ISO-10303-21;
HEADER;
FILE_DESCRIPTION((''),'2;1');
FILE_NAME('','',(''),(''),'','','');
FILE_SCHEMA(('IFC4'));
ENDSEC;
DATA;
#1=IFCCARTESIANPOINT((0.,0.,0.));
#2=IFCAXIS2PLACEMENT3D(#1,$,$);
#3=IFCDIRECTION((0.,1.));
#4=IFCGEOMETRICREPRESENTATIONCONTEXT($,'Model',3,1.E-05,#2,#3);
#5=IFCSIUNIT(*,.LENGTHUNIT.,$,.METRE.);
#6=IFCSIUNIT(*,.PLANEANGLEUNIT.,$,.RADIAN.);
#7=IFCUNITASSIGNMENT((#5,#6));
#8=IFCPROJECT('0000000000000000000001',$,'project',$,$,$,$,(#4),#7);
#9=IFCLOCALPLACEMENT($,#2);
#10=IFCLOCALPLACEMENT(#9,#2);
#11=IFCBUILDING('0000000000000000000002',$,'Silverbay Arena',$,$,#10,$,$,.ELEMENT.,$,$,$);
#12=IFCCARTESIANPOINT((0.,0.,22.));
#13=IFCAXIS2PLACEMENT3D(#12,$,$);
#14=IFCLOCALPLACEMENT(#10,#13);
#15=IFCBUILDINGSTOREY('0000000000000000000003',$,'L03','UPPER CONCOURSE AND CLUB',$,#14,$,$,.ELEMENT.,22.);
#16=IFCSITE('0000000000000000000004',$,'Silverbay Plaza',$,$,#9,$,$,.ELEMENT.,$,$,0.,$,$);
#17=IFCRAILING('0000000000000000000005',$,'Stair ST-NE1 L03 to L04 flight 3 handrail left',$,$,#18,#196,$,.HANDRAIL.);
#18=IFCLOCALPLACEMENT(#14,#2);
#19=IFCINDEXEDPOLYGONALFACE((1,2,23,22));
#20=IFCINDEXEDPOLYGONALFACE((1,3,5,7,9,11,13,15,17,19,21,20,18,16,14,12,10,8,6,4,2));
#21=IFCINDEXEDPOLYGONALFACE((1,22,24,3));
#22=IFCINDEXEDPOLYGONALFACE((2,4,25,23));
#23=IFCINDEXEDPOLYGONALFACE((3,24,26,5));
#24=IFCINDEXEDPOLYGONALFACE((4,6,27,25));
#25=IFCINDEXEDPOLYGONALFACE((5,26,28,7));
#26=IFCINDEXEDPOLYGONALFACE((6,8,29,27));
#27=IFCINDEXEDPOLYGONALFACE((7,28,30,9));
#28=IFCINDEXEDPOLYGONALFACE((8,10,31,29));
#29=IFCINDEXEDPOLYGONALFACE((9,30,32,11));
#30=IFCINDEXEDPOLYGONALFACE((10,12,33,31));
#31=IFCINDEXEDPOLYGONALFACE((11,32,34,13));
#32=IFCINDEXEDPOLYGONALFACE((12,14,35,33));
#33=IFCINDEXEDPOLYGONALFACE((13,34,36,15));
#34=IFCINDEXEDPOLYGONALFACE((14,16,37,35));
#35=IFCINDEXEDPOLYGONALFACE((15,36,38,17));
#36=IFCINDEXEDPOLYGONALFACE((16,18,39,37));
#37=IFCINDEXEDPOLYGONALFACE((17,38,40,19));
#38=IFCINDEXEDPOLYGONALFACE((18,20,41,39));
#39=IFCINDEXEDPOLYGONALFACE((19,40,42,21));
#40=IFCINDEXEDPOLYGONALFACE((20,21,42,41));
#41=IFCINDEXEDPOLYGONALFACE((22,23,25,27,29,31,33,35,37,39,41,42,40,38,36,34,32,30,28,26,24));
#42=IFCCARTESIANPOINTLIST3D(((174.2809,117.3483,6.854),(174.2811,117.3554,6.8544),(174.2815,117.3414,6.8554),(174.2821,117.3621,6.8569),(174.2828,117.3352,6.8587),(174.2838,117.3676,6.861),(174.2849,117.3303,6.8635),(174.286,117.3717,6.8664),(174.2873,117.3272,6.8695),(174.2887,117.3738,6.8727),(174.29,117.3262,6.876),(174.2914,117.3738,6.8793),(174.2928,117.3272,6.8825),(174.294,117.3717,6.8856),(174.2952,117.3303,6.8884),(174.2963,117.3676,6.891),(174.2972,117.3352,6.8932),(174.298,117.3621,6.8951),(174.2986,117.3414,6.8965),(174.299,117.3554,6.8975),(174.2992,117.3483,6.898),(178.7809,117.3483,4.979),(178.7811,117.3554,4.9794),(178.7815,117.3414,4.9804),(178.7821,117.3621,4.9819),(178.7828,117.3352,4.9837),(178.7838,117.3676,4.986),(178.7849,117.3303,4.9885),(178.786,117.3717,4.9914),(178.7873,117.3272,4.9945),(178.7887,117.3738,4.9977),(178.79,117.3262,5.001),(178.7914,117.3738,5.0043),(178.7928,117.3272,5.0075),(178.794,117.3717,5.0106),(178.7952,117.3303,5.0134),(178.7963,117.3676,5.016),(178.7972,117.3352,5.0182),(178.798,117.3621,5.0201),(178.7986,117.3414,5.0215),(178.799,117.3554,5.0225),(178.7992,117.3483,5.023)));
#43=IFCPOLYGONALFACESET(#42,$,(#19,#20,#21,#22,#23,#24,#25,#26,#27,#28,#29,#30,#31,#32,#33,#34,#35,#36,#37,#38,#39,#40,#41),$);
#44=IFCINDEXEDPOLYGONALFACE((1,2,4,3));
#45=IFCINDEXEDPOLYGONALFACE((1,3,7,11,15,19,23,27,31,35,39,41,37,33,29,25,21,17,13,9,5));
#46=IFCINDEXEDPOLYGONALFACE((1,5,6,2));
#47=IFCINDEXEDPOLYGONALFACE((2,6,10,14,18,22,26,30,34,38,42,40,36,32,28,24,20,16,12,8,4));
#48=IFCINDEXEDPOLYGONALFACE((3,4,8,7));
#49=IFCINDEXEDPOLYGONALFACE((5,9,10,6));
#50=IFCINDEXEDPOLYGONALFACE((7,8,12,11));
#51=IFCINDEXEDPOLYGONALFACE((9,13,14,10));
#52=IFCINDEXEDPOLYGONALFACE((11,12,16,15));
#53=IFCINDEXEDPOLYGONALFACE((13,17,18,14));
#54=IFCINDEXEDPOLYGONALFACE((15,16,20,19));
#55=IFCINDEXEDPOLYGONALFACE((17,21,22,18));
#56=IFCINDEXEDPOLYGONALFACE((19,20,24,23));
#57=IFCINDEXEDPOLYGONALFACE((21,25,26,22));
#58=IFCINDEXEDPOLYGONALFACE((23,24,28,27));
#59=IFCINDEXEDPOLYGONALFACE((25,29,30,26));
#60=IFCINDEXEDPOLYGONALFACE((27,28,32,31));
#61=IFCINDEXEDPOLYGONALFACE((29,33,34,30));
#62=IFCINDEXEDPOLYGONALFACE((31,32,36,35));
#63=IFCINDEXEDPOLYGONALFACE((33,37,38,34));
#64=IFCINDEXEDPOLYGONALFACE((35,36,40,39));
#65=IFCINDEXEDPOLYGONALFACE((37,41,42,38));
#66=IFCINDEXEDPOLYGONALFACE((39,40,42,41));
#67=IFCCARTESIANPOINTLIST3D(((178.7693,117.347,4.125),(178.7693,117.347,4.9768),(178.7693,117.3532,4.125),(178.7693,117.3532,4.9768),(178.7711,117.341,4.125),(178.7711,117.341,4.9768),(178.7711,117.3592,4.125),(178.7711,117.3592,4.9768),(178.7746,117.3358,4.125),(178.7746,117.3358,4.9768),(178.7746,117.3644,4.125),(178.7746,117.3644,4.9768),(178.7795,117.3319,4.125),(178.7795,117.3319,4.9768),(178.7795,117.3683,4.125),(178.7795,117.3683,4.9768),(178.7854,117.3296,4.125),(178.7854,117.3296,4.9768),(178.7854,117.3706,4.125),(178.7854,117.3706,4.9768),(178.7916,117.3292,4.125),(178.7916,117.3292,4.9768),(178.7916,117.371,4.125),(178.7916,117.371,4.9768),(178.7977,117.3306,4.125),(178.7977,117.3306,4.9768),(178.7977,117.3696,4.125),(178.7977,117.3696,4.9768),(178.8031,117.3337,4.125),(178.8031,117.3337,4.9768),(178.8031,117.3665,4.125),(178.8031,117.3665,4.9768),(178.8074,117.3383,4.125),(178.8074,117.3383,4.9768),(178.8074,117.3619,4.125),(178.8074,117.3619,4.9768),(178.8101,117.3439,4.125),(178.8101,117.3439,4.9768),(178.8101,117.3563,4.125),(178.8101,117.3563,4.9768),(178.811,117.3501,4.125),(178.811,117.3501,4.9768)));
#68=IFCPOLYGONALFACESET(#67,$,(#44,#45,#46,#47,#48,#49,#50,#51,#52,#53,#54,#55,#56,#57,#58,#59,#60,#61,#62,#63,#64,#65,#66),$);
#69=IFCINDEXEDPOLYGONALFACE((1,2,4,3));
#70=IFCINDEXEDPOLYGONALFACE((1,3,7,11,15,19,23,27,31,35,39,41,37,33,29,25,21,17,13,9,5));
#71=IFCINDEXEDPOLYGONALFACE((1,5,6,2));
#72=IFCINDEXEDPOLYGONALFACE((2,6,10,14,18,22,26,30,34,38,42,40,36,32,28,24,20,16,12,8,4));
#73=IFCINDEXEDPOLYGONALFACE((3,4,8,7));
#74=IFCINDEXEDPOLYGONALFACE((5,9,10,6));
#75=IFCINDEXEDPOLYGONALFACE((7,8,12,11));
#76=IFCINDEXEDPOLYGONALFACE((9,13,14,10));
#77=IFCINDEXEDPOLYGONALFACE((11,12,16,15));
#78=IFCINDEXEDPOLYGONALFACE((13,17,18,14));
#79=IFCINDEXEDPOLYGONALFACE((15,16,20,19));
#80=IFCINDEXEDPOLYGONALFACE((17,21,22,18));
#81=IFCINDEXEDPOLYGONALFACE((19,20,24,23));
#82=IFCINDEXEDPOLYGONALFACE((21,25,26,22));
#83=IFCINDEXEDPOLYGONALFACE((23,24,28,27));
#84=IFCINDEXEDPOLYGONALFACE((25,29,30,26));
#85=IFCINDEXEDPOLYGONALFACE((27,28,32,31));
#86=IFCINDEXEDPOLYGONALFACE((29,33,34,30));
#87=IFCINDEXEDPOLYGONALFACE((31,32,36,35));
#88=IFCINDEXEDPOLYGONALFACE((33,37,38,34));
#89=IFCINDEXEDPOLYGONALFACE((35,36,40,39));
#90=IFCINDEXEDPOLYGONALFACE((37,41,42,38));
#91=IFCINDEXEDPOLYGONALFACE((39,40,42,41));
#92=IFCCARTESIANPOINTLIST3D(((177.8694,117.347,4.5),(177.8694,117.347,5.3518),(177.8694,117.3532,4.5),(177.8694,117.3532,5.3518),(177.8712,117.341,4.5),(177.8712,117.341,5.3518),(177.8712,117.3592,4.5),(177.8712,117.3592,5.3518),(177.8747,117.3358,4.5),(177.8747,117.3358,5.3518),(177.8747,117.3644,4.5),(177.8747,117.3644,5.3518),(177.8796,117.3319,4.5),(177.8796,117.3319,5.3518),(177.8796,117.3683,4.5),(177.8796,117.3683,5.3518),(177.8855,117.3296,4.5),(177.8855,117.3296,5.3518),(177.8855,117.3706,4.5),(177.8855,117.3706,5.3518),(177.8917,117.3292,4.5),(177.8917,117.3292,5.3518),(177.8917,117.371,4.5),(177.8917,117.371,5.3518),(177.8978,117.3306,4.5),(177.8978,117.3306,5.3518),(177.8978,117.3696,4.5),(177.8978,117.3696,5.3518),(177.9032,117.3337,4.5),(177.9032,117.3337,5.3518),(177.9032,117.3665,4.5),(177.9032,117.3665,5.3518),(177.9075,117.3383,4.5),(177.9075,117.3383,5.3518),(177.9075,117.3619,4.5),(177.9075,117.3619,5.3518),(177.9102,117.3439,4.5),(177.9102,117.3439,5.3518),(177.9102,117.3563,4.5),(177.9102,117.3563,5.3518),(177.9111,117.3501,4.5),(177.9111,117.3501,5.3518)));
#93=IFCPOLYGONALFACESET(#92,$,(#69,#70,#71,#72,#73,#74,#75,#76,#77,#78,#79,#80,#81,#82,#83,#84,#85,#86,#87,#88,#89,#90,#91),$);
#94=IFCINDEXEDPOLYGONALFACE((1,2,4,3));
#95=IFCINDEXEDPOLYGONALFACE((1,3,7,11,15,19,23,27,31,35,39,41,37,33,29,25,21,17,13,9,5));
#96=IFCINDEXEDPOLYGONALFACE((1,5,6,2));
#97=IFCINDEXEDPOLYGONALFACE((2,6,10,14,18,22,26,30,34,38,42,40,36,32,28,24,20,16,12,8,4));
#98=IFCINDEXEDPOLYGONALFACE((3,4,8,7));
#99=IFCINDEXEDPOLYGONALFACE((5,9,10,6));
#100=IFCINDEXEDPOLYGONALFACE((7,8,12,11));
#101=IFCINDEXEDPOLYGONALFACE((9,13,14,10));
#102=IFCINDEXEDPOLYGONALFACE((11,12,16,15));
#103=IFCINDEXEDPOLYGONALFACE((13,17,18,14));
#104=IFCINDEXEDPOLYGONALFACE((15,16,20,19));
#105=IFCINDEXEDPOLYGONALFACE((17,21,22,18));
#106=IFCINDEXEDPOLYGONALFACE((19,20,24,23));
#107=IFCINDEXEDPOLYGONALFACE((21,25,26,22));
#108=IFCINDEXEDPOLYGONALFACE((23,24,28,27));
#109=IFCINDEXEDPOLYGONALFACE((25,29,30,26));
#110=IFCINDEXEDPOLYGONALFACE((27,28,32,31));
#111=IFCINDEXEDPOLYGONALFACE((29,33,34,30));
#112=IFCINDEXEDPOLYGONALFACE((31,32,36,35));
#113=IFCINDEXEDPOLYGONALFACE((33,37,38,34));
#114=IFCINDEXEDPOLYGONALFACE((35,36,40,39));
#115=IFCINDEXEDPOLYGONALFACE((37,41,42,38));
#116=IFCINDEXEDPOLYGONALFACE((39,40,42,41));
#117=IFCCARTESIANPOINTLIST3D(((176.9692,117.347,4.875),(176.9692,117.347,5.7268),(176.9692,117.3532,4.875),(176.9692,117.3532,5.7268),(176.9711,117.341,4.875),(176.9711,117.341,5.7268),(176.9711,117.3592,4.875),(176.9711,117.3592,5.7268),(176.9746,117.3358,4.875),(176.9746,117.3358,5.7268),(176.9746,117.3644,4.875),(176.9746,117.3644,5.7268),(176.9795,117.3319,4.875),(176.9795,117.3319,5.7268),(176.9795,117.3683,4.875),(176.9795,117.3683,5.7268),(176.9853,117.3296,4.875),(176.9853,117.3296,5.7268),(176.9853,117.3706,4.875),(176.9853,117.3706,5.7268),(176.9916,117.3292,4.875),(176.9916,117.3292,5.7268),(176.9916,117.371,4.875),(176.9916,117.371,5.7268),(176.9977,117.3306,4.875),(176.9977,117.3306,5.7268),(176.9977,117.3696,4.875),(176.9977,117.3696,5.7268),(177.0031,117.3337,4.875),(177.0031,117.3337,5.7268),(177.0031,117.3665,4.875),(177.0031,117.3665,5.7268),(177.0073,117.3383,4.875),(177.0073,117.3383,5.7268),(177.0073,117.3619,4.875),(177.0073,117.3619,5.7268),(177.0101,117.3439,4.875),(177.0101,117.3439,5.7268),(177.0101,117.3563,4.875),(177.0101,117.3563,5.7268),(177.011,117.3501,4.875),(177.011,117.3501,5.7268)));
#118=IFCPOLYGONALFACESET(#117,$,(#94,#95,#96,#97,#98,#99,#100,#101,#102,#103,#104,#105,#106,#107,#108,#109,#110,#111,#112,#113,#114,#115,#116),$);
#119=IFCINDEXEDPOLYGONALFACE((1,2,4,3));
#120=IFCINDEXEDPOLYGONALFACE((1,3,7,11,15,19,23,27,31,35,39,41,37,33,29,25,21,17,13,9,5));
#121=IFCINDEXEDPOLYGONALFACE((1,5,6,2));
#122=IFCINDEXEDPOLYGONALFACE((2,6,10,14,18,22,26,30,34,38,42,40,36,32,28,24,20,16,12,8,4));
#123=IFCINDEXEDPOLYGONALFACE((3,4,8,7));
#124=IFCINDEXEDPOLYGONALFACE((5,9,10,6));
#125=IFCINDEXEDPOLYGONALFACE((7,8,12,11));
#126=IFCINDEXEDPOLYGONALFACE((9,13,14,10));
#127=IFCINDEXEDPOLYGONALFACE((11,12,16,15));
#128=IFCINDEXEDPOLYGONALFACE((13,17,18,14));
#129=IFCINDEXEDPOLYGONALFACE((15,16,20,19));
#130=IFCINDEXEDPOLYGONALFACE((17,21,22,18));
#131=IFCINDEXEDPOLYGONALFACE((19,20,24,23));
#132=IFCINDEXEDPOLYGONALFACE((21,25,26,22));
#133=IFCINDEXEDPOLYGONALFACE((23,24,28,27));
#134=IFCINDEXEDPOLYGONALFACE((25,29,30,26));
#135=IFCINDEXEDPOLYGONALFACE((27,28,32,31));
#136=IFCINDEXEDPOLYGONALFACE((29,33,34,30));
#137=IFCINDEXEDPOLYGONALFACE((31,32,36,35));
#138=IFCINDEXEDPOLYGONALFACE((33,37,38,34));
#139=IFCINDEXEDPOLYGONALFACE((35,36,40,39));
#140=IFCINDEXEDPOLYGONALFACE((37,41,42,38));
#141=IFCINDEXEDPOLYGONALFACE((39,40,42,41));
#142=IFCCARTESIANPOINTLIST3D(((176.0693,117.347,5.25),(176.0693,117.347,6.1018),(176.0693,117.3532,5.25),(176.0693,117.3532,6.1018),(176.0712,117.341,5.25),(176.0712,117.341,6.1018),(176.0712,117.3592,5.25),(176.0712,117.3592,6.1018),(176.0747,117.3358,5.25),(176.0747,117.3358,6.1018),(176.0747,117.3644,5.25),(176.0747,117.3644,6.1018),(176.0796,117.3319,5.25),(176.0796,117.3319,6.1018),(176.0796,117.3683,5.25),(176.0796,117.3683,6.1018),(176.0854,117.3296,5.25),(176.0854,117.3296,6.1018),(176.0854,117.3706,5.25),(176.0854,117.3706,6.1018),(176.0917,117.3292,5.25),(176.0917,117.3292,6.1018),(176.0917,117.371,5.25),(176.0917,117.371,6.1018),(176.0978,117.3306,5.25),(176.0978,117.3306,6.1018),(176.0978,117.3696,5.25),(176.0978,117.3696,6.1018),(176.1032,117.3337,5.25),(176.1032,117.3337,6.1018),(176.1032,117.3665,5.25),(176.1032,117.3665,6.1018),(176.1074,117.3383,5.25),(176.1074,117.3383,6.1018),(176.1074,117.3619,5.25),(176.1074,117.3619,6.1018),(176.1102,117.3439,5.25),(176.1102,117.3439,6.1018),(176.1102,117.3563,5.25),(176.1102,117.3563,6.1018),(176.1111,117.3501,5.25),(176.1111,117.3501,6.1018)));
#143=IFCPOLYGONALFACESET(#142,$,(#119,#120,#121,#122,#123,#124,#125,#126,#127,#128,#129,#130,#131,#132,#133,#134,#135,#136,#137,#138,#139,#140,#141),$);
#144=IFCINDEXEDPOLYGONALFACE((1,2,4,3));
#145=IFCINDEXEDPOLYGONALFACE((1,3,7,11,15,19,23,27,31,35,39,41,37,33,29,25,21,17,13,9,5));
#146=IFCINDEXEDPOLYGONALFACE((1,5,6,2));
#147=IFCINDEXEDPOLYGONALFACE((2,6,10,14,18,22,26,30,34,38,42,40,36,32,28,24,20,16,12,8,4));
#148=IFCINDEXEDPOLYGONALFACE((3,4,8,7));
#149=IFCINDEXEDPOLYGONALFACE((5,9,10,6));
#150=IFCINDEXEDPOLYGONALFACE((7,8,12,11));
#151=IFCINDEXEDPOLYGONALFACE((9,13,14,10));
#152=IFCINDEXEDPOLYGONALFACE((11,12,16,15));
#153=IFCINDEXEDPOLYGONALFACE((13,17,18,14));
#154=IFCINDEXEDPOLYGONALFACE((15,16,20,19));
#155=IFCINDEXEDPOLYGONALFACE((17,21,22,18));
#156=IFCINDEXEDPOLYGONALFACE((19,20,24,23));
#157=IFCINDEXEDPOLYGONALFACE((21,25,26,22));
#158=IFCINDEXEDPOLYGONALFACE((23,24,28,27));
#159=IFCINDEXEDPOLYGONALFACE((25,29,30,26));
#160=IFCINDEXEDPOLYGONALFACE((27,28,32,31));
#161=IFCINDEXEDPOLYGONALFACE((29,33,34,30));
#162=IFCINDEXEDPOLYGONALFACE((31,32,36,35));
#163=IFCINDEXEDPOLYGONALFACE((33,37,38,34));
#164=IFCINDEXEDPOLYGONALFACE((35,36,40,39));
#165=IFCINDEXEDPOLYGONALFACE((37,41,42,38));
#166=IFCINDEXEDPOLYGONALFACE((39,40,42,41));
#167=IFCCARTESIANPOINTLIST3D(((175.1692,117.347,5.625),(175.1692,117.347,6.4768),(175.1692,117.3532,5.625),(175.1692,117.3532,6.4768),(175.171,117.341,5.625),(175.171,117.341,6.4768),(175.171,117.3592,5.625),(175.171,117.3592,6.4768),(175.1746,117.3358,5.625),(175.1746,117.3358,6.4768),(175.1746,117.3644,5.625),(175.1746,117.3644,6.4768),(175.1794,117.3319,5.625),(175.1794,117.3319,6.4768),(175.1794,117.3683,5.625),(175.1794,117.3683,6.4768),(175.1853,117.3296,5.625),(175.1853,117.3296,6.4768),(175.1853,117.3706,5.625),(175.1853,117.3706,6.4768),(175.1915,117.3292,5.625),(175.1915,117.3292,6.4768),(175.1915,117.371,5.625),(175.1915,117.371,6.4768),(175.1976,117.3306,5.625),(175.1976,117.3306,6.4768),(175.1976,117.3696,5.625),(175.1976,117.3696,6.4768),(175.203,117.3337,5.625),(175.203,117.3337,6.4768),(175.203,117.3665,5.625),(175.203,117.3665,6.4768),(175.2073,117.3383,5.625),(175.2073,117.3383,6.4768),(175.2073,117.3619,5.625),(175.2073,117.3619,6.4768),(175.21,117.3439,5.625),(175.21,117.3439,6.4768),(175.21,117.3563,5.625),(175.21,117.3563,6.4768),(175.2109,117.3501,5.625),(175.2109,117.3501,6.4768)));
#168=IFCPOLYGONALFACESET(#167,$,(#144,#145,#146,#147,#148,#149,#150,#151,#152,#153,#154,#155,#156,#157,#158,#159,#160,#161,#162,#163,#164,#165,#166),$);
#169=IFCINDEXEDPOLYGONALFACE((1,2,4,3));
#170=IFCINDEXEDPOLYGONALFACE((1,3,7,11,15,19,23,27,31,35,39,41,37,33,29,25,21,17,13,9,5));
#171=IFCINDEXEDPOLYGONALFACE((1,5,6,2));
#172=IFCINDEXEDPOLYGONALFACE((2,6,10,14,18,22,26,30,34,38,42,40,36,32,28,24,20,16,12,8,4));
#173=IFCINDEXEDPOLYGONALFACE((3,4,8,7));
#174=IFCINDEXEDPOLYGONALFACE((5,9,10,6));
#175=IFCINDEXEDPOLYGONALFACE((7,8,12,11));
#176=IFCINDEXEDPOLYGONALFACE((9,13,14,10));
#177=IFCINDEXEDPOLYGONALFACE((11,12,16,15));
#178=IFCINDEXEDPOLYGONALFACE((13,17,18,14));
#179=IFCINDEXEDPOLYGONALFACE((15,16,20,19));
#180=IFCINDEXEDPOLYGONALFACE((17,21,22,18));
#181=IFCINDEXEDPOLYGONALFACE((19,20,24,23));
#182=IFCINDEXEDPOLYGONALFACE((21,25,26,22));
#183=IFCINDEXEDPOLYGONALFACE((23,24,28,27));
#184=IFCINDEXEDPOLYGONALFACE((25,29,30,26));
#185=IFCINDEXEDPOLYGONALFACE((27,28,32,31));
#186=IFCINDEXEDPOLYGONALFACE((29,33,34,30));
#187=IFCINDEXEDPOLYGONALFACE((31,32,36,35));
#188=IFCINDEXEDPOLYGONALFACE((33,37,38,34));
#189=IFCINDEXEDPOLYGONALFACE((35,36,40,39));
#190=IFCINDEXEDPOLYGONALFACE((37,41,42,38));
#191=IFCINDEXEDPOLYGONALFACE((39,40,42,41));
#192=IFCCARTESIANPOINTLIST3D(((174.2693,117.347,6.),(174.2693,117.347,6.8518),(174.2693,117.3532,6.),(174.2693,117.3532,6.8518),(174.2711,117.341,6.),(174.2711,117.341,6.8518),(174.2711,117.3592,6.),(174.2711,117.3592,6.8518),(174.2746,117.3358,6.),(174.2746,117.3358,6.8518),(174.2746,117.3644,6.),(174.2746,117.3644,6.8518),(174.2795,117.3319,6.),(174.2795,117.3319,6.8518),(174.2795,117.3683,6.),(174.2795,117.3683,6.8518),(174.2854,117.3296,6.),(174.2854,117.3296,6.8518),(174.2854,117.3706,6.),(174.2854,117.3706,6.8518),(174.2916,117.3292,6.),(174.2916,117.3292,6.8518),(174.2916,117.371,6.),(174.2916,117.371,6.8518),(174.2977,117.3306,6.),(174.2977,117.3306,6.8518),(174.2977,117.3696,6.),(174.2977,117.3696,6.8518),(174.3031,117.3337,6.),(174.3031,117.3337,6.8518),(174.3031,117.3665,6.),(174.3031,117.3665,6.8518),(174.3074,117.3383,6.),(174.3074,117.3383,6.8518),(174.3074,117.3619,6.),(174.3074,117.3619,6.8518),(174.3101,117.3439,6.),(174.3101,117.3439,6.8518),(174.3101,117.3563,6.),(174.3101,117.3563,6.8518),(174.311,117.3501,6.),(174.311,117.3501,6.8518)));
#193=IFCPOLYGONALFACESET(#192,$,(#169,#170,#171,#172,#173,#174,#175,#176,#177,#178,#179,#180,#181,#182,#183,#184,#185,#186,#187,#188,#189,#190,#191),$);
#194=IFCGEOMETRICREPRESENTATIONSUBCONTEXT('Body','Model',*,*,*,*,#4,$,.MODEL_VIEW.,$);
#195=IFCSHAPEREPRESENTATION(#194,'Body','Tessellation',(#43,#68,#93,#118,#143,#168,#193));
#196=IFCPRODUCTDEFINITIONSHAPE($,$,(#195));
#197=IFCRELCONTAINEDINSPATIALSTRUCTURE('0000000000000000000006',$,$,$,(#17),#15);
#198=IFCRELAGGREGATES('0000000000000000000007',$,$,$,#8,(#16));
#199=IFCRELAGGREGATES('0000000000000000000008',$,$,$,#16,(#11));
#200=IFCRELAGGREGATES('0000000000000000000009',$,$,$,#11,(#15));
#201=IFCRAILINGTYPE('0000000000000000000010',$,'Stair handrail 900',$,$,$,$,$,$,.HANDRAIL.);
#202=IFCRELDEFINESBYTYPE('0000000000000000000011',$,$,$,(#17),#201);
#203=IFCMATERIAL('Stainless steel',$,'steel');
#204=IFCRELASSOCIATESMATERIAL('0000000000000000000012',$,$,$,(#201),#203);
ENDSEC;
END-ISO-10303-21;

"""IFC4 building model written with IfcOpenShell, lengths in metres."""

from ifc_helpers import new_model, si_unit, direction, frame, origin, origin_2d, place, context, subcontext, project, spatial, circle, extrude, material, type_object, element, save


model = new_model("IFC4")

# Units and contexts
model_context = context("Model", 3, precision=1e-05, world=origin(), true_north=direction((0.0, 1.0)))
body_context = subcontext(model_context, "Body", "Model", "MODEL_VIEW")
ifc_project = project(units=[si_unit("LENGTHUNIT", "METRE"), si_unit("PLANEANGLEUNIT", "RADIAN")], contexts=[model_context])

# Site, building, storey
site_placement = place(None, origin())
site = spatial("IfcSite", under=ifc_project, at=site_placement, Name="Silverbay Plaza", CompositionType="ELEMENT", RefElevation=0.0)
building_placement = place(site_placement, origin())
building = spatial("IfcBuilding", under=site, at=building_placement, Name="Silverbay Arena", CompositionType="ELEMENT")
storey_placement = place(building_placement, frame((0.0, 0.0, 22.0)))
storey = spatial("IfcBuildingStorey", under=building, at=storey_placement, Name="L03", Description="UPPER CONCOURSE AND CLUB", CompositionType="ELEMENT", Elevation=22.0)

# Railing
ifc_material_1 = material(Name="Stainless steel", Category="steel")
railing_type = type_object("IfcRailingType", Name="Stair handrail 900", PredefinedType="HANDRAIL", material=ifc_material_1)
for number, where, name in (
    (1, (178.79, 117.3501, 4.125), "Stair ST-NE1 L03 to L04 flight 3 handrail left"),
):
    element("IfcRailing", number, at=place(storey_placement, frame(where)), inside=storey, type_object=railing_type, Name=name, PredefinedType="HANDRAIL", context=body_context, shape_type="SweptSolid", body=[
        extrude(circle(Radius=0.0239, at=origin_2d()), frame((0.0, 0.0, 0.876), z_axis=(-0.923077, 0.0, 0.384615), x_axis=(0.0, -1.0, 0.0)), (0.0, 0.0, 1.0), 4.875),
        extrude(circle(Radius=0.021, at=origin_2d()), origin(), (0.0, 0.0, 1.0), 0.8518),
        extrude(circle(Radius=0.021, at=origin_2d()), frame((-0.8999, 0.0, 0.375)), (0.0, 0.0, 1.0), 0.8518),
        extrude(circle(Radius=0.021, at=origin_2d()), frame((-1.8, 0.0, 0.75)), (0.0, 0.0, 1.0), 0.8518),
        extrude(circle(Radius=0.021, at=origin_2d()), frame((-2.7, 0.0, 1.125)), (0.0, 0.0, 1.0), 0.8518),
        extrude(circle(Radius=0.021, at=origin_2d()), frame((-3.6001, 0.0, 1.5)), (0.0, 0.0, 1.0), 0.8518),
        extrude(circle(Radius=0.021, at=origin_2d()), frame((-4.5, 0.0, 1.875)), (0.0, 0.0, 1.0), 0.8518),
    ])

save(model, "model.ifc")
